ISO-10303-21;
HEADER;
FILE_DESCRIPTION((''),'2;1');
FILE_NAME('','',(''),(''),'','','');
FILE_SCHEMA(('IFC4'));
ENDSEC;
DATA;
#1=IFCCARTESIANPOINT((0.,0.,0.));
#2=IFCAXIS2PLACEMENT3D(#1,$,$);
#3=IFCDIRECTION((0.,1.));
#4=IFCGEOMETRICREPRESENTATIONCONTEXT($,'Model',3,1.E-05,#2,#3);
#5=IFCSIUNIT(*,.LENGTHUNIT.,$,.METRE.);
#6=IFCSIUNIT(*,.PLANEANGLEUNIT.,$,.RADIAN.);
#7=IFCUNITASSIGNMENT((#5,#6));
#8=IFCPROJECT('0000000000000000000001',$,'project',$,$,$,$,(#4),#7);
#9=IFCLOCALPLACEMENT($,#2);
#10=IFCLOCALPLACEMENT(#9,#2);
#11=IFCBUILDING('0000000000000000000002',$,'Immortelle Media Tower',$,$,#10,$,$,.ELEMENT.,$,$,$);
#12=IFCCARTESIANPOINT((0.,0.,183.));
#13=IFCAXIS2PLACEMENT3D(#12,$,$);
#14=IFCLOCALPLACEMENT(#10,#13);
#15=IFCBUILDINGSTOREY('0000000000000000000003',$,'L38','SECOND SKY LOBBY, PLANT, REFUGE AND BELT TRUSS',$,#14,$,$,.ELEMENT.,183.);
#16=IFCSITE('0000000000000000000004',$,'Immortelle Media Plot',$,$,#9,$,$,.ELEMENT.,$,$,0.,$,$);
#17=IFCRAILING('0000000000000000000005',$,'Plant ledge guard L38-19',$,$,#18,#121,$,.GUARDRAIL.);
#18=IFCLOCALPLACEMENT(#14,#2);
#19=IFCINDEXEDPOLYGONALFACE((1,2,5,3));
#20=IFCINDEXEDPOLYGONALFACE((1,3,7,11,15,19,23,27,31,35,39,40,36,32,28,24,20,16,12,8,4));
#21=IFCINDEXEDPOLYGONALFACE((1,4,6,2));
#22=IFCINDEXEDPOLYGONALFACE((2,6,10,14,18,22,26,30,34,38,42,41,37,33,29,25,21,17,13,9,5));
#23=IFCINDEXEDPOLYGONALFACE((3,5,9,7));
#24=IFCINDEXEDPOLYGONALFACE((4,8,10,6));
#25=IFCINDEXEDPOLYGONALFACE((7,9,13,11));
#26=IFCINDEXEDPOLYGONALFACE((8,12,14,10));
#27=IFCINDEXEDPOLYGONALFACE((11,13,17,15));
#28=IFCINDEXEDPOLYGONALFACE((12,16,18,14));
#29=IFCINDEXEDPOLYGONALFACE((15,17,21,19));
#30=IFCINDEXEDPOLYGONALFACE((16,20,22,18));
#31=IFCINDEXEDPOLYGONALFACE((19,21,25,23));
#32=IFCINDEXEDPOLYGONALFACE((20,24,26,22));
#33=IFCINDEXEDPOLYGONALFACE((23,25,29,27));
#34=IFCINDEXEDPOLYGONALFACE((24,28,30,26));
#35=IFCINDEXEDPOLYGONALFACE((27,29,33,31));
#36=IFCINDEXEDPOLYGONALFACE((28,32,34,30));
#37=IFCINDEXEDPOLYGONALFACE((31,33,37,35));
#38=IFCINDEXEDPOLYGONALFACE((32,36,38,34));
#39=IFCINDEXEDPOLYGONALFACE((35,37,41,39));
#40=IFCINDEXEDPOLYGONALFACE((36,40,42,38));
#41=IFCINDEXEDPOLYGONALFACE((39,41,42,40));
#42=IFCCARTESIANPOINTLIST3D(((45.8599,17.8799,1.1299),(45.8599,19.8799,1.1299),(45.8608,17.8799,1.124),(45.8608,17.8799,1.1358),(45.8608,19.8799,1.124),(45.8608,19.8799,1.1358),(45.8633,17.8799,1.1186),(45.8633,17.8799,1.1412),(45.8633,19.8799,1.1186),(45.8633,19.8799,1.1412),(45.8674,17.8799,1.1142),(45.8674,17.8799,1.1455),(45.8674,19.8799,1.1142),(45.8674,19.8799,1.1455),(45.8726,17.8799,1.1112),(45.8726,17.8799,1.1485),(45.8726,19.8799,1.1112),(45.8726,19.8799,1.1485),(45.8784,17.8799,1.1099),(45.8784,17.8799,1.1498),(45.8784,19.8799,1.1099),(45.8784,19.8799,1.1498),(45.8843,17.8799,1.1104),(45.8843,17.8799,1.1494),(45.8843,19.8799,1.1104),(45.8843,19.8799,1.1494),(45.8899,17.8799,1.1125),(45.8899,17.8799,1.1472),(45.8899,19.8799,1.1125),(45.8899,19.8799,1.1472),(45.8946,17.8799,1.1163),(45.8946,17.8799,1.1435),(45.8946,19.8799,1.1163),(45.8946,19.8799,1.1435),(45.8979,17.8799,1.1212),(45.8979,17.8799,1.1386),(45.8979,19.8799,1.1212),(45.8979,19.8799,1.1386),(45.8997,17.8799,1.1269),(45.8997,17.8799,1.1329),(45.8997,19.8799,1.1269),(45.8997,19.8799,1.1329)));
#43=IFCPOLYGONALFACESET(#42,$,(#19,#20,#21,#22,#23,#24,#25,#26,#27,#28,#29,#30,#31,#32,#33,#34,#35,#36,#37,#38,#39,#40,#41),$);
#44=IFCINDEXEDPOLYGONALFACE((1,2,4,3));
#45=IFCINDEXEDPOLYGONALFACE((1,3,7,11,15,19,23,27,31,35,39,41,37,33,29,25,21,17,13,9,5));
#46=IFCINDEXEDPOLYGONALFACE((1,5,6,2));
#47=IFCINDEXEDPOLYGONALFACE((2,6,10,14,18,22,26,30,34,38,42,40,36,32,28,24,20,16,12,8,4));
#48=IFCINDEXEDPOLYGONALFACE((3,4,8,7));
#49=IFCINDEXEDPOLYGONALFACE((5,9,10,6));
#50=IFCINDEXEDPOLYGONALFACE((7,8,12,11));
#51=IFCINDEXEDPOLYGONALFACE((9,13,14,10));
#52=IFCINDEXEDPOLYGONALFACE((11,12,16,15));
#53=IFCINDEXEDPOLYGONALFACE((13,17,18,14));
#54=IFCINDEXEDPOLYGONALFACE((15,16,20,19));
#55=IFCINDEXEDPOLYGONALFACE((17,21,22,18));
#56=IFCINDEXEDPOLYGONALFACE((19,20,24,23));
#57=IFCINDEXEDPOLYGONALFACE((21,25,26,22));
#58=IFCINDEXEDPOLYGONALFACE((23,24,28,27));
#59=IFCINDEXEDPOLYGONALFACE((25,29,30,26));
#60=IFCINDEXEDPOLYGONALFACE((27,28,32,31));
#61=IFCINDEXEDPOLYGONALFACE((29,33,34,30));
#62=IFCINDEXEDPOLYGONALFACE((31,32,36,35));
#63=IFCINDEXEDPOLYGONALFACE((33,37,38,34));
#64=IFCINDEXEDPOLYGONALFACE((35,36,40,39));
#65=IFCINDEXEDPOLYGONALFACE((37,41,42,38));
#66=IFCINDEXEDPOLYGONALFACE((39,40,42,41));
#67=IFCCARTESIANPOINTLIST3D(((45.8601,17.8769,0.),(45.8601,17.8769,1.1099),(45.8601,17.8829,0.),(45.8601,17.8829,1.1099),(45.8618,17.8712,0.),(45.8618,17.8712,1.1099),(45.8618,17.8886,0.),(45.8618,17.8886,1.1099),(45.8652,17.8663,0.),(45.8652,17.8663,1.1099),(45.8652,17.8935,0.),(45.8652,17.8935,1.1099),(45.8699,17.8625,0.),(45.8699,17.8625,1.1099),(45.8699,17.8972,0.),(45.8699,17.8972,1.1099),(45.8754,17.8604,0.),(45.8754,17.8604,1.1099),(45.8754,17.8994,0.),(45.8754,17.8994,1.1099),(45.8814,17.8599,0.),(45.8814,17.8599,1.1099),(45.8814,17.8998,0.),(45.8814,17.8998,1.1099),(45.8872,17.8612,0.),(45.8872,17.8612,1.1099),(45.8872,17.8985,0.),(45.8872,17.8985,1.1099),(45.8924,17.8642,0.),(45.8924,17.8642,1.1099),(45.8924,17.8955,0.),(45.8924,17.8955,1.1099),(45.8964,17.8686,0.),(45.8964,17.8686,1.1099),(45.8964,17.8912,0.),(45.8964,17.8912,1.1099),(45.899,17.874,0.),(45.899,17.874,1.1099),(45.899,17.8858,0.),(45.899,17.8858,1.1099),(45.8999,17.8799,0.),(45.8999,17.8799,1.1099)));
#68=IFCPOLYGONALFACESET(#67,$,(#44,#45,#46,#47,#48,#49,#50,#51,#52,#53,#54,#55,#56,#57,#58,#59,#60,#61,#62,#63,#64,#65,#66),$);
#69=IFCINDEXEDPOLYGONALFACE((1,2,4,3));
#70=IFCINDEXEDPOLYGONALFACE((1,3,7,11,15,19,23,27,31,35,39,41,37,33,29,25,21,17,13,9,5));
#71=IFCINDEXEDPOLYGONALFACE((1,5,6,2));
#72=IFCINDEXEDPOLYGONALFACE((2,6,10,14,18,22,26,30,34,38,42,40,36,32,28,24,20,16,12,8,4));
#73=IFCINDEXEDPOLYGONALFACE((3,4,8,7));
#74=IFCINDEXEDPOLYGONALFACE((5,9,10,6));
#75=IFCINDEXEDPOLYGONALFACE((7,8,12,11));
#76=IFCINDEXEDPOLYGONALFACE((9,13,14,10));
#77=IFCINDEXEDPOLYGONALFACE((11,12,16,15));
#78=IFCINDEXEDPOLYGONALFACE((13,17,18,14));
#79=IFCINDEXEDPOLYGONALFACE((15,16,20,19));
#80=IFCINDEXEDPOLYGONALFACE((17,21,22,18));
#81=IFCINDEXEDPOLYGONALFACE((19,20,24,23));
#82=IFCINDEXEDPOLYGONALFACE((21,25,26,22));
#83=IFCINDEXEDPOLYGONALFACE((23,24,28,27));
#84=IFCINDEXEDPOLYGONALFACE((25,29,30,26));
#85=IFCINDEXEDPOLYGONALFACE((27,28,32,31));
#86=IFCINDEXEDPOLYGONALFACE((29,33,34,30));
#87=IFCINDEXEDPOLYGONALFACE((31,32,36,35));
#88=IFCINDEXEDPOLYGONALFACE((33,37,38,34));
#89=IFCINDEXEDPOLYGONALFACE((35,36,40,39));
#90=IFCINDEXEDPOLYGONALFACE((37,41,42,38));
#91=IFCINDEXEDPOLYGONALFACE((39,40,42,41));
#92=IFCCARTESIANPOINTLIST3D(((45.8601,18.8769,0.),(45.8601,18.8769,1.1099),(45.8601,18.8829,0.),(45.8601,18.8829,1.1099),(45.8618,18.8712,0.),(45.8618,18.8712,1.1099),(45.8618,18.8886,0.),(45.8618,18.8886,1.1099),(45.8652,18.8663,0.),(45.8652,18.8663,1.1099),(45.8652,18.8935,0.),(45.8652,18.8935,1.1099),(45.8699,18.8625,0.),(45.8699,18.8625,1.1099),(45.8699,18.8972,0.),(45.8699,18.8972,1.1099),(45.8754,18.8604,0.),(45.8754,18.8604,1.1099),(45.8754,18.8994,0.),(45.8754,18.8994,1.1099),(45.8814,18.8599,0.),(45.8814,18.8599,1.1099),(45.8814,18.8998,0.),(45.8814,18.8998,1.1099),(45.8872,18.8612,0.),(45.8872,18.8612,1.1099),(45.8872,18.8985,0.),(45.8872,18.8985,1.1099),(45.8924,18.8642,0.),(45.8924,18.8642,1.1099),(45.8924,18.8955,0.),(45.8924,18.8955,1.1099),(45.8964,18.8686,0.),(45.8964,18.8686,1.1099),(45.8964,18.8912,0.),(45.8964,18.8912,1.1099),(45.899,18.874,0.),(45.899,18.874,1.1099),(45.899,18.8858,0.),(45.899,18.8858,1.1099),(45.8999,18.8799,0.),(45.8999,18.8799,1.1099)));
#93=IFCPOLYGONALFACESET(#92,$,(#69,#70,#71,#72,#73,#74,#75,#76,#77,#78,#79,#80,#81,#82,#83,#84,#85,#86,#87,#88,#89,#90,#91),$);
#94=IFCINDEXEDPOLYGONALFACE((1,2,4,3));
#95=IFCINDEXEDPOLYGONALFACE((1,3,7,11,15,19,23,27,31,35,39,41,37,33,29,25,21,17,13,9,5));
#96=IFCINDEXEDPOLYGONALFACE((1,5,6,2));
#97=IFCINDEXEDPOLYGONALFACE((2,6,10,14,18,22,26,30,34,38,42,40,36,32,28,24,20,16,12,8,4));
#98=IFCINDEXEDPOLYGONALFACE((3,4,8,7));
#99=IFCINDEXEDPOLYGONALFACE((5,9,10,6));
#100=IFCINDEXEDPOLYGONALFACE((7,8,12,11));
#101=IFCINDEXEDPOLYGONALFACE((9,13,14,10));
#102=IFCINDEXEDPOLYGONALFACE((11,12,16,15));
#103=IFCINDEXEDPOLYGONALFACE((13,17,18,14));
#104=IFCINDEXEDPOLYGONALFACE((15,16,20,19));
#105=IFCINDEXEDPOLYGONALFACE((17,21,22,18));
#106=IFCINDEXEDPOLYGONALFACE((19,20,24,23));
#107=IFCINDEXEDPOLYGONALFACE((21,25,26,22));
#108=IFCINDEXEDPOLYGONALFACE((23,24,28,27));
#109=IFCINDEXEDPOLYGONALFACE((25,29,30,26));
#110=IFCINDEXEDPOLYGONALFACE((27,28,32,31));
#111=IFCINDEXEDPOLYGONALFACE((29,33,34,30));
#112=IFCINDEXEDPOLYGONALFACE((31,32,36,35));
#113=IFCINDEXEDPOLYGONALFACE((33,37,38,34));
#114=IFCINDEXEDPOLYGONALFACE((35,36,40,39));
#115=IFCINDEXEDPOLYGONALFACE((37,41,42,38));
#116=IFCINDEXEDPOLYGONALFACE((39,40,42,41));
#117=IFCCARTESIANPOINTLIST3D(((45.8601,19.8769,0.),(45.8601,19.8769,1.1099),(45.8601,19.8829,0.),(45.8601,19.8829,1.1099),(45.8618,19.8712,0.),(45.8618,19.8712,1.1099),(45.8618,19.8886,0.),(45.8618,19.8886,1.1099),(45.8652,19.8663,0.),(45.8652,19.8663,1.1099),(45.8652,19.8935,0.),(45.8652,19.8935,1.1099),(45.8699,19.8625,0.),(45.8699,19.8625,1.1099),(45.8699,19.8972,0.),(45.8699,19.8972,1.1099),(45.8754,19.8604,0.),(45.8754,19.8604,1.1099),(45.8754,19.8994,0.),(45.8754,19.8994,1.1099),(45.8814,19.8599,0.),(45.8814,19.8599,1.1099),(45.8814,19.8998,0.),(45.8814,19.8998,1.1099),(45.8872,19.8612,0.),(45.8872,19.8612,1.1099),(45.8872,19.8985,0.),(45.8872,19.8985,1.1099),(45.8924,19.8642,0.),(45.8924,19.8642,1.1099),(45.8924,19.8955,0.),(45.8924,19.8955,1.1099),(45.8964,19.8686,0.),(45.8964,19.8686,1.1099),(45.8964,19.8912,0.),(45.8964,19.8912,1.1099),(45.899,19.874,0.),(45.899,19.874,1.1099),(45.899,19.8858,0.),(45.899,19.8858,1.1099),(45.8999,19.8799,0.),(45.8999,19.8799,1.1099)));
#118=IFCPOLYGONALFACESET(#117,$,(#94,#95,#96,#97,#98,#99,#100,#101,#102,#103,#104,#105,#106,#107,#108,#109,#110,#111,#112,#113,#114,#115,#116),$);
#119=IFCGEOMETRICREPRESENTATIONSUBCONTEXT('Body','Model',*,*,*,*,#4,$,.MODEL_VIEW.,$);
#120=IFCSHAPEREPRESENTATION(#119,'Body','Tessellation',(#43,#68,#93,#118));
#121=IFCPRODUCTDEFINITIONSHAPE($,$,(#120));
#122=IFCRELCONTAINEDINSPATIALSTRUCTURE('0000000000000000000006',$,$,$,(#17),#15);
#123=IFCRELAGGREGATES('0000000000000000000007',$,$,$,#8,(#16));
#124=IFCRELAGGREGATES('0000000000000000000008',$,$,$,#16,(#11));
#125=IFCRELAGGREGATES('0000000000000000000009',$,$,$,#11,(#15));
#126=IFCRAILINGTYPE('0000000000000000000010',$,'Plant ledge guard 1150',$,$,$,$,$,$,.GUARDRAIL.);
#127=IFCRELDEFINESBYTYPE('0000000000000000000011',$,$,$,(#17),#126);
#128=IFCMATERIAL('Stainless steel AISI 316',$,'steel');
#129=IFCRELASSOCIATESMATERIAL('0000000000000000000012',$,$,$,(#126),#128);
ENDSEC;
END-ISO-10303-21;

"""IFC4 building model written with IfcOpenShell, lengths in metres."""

from ifc_helpers import new_model, si_unit, direction, frame, origin, origin_2d, place, context, subcontext, project, spatial, circle, extrude, material, type_object, element, save


model = new_model("IFC4")

# Units and contexts
model_context = context("Model", 3, precision=1e-05, world=origin(), true_north=direction((0.0, 1.0)))
body_context = subcontext(model_context, "Body", "Model", "MODEL_VIEW")
ifc_project = project(units=[si_unit("LENGTHUNIT", "METRE"), si_unit("PLANEANGLEUNIT", "RADIAN")], contexts=[model_context])

# Site, building, storey
site_placement = place(None, origin())
site = spatial("IfcSite", under=ifc_project, at=site_placement, Name="Immortelle Media Plot", CompositionType="ELEMENT", RefElevation=0.0)
building_placement = place(site_placement, origin())
building = spatial("IfcBuilding", under=site, at=building_placement, Name="Immortelle Media Tower", CompositionType="ELEMENT")
storey_placement = place(building_placement, frame((0.0, 0.0, 183.0)))
storey = spatial("IfcBuildingStorey", under=building, at=storey_placement, Name="L38", Description="SECOND SKY LOBBY, PLANT, REFUGE AND BELT TRUSS", CompositionType="ELEMENT", Elevation=183.0)

# Railing
ifc_material_1 = material(Name="Stainless steel AISI 316", Category="steel")
railing_type = type_object("IfcRailingType", Name="Plant ledge guard 1150", PredefinedType="GUARDRAIL", material=ifc_material_1)
railing_1_placement = place(storey_placement, frame((45.8799, 17.8799, 0.0)))
element("IfcRailing", 1, at=railing_1_placement, inside=storey, type_object=railing_type, Name="Plant ledge guard L38-19", PredefinedType="GUARDRAIL", context=body_context, shape_type="SweptSolid", body=[
    extrude(circle(Radius=0.02, at=origin_2d()), frame((0.0, 0.0, 1.1299), z_axis=(0.0, 1.0, 0.0), x_axis=(-1.0, 0.0, 0.0)), (0.0, 0.0, 1.0), 2.0),
    extrude(circle(Radius=0.02, at=origin_2d()), origin(), (0.0, 0.0, 1.0), 1.1099),
    extrude(circle(Radius=0.02, at=origin_2d()), frame((0.0, 1.0, 0.0)), (0.0, 0.0, 1.0), 1.1099),
    extrude(circle(Radius=0.02, at=origin_2d()), frame((0.0, 2.0, 0.0)), (0.0, 0.0, 1.0), 1.1099),
])

save(model, "model.ifc")
